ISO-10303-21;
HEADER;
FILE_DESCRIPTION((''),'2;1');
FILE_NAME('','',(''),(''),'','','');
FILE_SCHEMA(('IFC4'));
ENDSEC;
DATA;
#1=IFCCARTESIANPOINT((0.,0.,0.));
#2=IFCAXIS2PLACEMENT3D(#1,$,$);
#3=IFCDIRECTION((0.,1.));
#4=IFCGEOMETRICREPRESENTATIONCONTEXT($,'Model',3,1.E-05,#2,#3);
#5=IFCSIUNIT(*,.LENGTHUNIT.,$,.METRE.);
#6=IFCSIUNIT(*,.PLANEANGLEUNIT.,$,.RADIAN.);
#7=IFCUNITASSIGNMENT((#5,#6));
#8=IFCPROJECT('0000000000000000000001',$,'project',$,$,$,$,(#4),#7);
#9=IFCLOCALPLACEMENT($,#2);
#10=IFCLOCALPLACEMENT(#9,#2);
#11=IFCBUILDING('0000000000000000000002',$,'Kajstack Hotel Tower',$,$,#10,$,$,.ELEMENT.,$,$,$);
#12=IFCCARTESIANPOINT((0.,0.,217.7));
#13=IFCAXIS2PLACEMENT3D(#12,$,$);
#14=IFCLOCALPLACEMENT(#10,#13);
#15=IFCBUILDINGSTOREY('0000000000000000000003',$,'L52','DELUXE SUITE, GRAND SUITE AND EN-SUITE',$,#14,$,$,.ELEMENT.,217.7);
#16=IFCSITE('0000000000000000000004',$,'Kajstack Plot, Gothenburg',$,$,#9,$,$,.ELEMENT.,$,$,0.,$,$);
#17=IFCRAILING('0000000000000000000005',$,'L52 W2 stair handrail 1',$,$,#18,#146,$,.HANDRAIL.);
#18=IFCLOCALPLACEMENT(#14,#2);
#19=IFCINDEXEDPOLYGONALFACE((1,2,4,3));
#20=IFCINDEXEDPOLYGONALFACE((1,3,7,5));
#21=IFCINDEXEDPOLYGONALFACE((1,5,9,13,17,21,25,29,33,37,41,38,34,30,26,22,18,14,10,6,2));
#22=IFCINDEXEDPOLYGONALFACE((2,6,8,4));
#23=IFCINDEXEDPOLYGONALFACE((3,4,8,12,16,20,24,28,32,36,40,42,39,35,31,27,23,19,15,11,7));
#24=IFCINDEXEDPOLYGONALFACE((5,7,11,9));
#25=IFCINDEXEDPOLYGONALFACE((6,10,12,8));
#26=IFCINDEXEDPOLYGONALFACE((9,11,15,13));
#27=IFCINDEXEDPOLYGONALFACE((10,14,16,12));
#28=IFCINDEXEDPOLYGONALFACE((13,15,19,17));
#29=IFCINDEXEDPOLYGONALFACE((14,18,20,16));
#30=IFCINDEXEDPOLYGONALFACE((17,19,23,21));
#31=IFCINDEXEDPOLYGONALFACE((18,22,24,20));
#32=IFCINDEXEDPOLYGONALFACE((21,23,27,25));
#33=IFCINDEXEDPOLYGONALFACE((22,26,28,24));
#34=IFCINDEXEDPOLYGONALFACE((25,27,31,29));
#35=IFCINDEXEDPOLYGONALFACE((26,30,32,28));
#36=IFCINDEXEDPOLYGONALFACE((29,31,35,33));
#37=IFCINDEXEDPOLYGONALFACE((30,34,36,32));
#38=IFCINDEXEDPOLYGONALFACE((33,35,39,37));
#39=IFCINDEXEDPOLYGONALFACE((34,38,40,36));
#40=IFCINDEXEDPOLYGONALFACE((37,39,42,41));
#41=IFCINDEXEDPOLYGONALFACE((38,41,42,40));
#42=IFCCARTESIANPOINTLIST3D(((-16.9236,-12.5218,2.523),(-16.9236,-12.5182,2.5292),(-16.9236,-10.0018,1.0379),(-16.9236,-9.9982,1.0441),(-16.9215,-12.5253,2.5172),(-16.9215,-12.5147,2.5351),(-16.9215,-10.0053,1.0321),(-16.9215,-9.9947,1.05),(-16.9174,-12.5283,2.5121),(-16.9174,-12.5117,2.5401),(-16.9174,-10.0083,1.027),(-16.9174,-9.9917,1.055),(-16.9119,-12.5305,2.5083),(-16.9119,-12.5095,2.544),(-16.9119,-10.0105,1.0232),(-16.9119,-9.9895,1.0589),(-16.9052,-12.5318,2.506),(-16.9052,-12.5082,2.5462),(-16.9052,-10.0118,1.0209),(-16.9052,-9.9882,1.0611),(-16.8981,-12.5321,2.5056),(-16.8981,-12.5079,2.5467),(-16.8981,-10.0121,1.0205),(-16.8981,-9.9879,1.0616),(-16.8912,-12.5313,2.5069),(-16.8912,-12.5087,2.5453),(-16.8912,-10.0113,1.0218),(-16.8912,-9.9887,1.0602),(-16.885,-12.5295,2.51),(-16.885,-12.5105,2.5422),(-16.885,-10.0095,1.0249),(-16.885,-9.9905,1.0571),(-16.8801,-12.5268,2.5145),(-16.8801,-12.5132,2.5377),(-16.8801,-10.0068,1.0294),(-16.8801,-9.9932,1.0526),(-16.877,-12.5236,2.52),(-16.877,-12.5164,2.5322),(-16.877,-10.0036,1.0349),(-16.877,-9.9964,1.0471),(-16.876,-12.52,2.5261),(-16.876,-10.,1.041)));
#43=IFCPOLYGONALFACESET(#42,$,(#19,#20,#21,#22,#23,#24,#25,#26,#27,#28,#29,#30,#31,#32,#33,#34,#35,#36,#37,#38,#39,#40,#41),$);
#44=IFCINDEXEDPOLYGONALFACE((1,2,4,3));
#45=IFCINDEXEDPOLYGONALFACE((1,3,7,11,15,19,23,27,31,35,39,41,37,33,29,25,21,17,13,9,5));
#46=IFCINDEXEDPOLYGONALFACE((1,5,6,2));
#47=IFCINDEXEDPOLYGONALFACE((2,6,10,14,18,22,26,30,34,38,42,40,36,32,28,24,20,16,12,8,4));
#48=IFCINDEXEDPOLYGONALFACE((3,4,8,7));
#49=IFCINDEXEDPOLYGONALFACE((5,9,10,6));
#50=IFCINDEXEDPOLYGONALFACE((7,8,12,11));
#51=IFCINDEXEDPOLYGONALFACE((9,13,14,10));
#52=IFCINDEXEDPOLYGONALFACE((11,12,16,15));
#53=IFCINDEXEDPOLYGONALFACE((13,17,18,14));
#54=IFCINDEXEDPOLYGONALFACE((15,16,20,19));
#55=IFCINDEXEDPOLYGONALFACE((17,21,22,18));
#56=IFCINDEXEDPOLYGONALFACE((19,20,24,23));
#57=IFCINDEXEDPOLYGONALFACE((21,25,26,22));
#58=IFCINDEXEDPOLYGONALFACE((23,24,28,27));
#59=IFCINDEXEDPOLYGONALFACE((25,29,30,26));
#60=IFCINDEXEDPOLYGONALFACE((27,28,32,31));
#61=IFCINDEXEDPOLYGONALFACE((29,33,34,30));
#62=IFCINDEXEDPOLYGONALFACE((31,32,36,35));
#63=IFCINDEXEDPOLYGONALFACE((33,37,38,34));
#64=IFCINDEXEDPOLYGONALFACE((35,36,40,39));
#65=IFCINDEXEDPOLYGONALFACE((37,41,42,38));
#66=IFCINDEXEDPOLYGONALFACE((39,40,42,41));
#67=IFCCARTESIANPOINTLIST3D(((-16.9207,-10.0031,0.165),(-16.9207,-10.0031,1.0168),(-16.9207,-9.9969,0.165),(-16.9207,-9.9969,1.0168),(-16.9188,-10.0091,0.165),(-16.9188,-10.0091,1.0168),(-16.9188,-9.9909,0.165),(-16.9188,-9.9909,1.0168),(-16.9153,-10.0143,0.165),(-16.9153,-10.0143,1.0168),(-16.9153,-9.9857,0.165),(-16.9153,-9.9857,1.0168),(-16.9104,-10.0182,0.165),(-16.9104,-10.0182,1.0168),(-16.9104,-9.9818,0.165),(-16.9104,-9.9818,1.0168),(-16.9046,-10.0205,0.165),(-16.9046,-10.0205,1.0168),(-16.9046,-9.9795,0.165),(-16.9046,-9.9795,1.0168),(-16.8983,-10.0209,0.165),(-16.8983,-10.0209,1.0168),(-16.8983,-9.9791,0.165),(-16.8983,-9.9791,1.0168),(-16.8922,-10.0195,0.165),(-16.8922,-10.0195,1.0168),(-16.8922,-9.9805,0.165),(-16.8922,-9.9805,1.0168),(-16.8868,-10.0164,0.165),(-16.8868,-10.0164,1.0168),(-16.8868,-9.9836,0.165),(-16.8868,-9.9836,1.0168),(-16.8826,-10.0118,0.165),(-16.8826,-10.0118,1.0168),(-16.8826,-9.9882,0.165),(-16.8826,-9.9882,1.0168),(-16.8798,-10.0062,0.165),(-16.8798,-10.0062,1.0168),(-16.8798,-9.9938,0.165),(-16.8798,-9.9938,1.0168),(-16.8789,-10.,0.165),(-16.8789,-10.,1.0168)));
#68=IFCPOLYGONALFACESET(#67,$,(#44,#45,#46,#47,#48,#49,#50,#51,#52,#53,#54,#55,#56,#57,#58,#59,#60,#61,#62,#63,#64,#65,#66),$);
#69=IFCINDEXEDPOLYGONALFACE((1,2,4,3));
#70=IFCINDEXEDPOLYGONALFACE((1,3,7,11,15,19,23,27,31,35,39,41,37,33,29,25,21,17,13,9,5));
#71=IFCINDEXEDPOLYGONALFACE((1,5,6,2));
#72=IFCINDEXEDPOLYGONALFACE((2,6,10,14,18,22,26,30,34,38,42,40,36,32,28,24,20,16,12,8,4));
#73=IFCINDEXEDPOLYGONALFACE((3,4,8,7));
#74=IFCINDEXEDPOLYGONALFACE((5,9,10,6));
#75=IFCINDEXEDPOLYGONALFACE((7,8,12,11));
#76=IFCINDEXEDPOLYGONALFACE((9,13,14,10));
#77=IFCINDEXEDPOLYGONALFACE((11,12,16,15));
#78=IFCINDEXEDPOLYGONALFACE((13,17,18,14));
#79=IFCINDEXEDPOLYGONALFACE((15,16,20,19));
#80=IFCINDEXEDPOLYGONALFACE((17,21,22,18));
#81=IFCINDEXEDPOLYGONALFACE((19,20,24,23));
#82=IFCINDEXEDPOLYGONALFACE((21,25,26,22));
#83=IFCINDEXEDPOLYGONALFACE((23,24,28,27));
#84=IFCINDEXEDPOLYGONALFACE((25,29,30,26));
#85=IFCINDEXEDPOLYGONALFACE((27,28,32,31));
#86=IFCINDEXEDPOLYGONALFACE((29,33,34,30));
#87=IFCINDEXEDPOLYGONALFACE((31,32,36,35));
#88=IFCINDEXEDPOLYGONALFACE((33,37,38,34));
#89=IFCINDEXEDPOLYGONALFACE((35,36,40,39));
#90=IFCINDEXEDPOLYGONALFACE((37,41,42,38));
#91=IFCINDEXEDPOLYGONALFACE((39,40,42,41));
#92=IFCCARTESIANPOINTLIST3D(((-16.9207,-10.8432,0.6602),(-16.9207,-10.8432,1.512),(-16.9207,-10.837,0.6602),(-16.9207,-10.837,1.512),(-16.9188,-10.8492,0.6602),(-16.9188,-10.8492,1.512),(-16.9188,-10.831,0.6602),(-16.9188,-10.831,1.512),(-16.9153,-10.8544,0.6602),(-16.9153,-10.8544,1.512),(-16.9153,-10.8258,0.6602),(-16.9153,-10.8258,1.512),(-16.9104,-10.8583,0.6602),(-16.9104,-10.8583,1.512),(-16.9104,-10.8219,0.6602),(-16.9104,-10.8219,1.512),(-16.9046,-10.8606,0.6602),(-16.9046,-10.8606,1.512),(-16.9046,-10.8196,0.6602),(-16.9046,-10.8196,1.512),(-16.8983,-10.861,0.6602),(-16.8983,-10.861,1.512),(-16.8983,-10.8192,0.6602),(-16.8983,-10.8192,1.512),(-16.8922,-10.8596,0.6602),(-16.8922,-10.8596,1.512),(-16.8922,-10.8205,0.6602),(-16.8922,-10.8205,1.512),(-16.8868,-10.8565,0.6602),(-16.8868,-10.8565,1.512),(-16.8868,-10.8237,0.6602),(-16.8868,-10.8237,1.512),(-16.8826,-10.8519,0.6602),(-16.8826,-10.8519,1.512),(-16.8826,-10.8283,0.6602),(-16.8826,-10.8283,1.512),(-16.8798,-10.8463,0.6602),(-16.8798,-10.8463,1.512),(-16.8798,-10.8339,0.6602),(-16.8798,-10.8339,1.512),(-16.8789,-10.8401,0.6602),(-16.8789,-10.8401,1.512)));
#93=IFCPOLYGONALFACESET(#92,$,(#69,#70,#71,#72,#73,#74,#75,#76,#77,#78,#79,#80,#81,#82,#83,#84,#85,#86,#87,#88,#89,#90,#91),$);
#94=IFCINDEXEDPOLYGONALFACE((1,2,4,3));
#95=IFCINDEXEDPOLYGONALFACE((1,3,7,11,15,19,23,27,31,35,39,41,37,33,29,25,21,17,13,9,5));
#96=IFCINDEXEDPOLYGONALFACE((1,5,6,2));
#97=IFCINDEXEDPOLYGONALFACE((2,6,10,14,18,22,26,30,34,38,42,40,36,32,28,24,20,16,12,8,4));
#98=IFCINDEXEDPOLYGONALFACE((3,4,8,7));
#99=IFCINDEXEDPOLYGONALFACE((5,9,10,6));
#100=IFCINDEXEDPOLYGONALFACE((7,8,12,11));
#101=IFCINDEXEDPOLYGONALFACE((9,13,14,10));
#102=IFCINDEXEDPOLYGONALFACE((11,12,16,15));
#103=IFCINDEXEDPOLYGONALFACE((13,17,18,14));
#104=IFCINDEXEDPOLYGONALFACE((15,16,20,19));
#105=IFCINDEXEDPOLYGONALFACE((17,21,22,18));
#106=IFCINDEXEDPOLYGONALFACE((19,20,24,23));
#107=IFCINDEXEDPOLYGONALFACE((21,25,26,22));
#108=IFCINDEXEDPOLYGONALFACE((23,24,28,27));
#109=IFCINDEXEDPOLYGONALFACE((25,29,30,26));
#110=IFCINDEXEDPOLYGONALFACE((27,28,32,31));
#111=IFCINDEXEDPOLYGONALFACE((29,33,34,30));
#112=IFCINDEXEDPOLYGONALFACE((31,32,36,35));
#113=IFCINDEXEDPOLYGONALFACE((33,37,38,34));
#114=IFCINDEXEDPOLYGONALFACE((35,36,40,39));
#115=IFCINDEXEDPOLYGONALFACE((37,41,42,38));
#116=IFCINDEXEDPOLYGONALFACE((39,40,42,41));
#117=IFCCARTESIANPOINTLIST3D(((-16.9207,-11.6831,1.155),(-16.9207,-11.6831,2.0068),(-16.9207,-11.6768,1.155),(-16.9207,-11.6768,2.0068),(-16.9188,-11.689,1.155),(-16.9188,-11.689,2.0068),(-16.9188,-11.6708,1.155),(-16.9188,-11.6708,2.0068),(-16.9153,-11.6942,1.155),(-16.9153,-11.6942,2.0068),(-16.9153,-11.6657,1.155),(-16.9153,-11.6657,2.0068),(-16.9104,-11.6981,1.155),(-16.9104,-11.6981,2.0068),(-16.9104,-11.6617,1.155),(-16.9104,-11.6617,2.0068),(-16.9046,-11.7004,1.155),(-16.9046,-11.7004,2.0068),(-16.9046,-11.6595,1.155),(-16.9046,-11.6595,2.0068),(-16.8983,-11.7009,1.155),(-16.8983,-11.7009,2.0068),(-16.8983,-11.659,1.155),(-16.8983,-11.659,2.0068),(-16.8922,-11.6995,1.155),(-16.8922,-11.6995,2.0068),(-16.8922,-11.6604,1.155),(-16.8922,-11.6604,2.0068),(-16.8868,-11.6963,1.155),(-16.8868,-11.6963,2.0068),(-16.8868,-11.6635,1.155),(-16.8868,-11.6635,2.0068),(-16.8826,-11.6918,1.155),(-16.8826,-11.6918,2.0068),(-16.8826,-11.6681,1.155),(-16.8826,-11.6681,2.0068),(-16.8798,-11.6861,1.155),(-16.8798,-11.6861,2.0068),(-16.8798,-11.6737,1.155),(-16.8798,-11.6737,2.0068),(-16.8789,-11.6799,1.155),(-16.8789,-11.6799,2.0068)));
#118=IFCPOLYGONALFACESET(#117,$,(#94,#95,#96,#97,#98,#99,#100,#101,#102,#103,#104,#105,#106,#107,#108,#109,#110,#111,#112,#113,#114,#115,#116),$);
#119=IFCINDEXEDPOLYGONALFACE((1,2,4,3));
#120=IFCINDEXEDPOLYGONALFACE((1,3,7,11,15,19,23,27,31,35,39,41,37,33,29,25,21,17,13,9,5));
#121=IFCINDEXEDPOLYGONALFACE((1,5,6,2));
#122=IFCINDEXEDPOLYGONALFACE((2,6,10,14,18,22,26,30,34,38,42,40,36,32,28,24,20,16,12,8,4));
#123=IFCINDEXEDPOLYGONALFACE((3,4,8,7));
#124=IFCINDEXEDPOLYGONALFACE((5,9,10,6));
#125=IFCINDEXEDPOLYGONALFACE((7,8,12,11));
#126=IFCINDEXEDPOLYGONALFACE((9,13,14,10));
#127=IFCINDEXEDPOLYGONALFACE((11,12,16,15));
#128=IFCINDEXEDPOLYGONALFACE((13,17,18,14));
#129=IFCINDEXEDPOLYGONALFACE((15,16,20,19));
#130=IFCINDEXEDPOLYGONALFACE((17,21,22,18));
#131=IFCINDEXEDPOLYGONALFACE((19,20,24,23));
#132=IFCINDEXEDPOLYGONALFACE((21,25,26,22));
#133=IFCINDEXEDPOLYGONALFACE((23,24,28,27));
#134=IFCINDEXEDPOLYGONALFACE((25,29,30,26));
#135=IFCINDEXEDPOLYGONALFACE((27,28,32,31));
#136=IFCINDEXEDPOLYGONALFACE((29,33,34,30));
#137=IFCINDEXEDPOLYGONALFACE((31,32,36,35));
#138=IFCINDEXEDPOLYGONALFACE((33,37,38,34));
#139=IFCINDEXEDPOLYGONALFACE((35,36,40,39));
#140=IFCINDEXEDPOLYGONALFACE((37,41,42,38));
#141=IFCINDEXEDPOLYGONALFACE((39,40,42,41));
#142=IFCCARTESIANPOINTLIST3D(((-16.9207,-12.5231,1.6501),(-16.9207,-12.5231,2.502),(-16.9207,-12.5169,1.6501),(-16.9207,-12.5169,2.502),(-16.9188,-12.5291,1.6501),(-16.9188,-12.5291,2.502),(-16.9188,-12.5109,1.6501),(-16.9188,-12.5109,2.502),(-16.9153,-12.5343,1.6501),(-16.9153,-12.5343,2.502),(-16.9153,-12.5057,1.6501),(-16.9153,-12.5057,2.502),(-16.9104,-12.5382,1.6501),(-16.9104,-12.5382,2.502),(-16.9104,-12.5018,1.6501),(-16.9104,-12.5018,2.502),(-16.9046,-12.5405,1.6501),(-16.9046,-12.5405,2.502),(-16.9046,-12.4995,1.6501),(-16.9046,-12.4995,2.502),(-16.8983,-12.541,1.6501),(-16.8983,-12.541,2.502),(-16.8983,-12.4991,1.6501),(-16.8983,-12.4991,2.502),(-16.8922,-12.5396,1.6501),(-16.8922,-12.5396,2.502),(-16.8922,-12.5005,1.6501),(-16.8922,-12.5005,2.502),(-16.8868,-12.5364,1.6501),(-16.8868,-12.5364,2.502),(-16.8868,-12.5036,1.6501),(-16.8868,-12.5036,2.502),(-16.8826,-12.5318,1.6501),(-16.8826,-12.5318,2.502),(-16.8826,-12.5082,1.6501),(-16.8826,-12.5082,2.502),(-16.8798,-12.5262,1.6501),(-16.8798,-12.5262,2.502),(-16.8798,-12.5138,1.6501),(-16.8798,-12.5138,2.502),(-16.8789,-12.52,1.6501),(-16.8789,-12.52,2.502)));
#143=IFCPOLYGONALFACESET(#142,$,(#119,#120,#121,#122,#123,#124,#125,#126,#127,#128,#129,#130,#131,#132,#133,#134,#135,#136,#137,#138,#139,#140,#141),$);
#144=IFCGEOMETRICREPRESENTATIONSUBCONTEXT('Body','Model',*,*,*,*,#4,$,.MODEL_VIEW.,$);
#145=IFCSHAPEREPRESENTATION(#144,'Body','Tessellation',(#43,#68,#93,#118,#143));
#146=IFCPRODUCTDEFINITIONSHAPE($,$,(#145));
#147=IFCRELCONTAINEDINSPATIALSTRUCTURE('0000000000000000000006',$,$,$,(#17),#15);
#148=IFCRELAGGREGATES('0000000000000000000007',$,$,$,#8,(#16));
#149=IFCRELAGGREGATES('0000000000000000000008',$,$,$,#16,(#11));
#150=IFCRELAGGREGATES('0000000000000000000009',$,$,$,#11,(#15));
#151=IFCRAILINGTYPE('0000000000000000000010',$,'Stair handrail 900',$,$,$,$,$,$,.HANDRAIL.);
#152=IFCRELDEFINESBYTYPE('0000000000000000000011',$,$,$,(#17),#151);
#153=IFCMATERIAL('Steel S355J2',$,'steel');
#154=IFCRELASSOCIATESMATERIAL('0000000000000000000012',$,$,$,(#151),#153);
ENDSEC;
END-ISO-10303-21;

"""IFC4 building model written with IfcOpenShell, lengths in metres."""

from ifc_helpers import new_model, si_unit, direction, frame, origin, origin_2d, place, context, subcontext, project, spatial, circle, extrude, material, type_object, element, save


model = new_model("IFC4")

# Units and contexts
model_context = context("Model", 3, precision=1e-05, world=origin(), true_north=direction((0.0, 1.0)))
body_context = subcontext(model_context, "Body", "Model", "MODEL_VIEW")
ifc_project = project(units=[si_unit("LENGTHUNIT", "METRE"), si_unit("PLANEANGLEUNIT", "RADIAN")], contexts=[model_context])

# Site, building, storey
site_placement = place(None, origin())
site = spatial("IfcSite", under=ifc_project, at=site_placement, Name="Kajstack Plot, Gothenburg", CompositionType="ELEMENT", RefElevation=0.0)
building_placement = place(site_placement, origin())
building = spatial("IfcBuilding", under=site, at=building_placement, Name="Kajstack Hotel Tower", CompositionType="ELEMENT")
storey_placement = place(building_placement, frame((0.0, 0.0, 217.7)))
storey = spatial("IfcBuildingStorey", under=building, at=storey_placement, Name="L52", Description="DELUXE SUITE, GRAND SUITE AND EN-SUITE", CompositionType="ELEMENT", Elevation=217.7)

# Railing
ifc_material_1 = material(Name="Steel S355J2", Category="steel")
railing_type_1 = type_object("IfcRailingType", Name="Stair handrail 900", PredefinedType="HANDRAIL", material=ifc_material_1)
railing_1_placement = place(storey_placement, frame((-16.8999, -10.0, 0.165)))
element("IfcRailing", 1, at=railing_1_placement, inside=storey, type_object=railing_type_1, Name="L52 W2 stair handrail 1", PredefinedType="HANDRAIL", context=body_context, shape_type="SweptSolid", body=[
    extrude(circle(Radius=0.0239, at=origin_2d()), frame((0.0, 0.0, 0.876), z_axis=(0.0, -0.861524, 0.507717), x_axis=(1.0, 0.0, 0.0)), (0.0, 0.0, 1.0), 2.925),
    extrude(circle(Radius=0.021, at=origin_2d()), origin(), (0.0, 0.0, 1.0), 0.8518),
    extrude(circle(Radius=0.021, at=origin_2d()), frame((0.0, -0.8401, 0.4951)), (0.0, 0.0, 1.0), 0.8518),
    extrude(circle(Radius=0.021, at=origin_2d()), frame((0.0, -1.6799, 0.99)), (0.0, 0.0, 1.0), 0.8518),
    extrude(circle(Radius=0.021, at=origin_2d()), frame((0.0, -2.52, 1.4851)), (0.0, 0.0, 1.0), 0.8518),
])

save(model, "model.ifc")
